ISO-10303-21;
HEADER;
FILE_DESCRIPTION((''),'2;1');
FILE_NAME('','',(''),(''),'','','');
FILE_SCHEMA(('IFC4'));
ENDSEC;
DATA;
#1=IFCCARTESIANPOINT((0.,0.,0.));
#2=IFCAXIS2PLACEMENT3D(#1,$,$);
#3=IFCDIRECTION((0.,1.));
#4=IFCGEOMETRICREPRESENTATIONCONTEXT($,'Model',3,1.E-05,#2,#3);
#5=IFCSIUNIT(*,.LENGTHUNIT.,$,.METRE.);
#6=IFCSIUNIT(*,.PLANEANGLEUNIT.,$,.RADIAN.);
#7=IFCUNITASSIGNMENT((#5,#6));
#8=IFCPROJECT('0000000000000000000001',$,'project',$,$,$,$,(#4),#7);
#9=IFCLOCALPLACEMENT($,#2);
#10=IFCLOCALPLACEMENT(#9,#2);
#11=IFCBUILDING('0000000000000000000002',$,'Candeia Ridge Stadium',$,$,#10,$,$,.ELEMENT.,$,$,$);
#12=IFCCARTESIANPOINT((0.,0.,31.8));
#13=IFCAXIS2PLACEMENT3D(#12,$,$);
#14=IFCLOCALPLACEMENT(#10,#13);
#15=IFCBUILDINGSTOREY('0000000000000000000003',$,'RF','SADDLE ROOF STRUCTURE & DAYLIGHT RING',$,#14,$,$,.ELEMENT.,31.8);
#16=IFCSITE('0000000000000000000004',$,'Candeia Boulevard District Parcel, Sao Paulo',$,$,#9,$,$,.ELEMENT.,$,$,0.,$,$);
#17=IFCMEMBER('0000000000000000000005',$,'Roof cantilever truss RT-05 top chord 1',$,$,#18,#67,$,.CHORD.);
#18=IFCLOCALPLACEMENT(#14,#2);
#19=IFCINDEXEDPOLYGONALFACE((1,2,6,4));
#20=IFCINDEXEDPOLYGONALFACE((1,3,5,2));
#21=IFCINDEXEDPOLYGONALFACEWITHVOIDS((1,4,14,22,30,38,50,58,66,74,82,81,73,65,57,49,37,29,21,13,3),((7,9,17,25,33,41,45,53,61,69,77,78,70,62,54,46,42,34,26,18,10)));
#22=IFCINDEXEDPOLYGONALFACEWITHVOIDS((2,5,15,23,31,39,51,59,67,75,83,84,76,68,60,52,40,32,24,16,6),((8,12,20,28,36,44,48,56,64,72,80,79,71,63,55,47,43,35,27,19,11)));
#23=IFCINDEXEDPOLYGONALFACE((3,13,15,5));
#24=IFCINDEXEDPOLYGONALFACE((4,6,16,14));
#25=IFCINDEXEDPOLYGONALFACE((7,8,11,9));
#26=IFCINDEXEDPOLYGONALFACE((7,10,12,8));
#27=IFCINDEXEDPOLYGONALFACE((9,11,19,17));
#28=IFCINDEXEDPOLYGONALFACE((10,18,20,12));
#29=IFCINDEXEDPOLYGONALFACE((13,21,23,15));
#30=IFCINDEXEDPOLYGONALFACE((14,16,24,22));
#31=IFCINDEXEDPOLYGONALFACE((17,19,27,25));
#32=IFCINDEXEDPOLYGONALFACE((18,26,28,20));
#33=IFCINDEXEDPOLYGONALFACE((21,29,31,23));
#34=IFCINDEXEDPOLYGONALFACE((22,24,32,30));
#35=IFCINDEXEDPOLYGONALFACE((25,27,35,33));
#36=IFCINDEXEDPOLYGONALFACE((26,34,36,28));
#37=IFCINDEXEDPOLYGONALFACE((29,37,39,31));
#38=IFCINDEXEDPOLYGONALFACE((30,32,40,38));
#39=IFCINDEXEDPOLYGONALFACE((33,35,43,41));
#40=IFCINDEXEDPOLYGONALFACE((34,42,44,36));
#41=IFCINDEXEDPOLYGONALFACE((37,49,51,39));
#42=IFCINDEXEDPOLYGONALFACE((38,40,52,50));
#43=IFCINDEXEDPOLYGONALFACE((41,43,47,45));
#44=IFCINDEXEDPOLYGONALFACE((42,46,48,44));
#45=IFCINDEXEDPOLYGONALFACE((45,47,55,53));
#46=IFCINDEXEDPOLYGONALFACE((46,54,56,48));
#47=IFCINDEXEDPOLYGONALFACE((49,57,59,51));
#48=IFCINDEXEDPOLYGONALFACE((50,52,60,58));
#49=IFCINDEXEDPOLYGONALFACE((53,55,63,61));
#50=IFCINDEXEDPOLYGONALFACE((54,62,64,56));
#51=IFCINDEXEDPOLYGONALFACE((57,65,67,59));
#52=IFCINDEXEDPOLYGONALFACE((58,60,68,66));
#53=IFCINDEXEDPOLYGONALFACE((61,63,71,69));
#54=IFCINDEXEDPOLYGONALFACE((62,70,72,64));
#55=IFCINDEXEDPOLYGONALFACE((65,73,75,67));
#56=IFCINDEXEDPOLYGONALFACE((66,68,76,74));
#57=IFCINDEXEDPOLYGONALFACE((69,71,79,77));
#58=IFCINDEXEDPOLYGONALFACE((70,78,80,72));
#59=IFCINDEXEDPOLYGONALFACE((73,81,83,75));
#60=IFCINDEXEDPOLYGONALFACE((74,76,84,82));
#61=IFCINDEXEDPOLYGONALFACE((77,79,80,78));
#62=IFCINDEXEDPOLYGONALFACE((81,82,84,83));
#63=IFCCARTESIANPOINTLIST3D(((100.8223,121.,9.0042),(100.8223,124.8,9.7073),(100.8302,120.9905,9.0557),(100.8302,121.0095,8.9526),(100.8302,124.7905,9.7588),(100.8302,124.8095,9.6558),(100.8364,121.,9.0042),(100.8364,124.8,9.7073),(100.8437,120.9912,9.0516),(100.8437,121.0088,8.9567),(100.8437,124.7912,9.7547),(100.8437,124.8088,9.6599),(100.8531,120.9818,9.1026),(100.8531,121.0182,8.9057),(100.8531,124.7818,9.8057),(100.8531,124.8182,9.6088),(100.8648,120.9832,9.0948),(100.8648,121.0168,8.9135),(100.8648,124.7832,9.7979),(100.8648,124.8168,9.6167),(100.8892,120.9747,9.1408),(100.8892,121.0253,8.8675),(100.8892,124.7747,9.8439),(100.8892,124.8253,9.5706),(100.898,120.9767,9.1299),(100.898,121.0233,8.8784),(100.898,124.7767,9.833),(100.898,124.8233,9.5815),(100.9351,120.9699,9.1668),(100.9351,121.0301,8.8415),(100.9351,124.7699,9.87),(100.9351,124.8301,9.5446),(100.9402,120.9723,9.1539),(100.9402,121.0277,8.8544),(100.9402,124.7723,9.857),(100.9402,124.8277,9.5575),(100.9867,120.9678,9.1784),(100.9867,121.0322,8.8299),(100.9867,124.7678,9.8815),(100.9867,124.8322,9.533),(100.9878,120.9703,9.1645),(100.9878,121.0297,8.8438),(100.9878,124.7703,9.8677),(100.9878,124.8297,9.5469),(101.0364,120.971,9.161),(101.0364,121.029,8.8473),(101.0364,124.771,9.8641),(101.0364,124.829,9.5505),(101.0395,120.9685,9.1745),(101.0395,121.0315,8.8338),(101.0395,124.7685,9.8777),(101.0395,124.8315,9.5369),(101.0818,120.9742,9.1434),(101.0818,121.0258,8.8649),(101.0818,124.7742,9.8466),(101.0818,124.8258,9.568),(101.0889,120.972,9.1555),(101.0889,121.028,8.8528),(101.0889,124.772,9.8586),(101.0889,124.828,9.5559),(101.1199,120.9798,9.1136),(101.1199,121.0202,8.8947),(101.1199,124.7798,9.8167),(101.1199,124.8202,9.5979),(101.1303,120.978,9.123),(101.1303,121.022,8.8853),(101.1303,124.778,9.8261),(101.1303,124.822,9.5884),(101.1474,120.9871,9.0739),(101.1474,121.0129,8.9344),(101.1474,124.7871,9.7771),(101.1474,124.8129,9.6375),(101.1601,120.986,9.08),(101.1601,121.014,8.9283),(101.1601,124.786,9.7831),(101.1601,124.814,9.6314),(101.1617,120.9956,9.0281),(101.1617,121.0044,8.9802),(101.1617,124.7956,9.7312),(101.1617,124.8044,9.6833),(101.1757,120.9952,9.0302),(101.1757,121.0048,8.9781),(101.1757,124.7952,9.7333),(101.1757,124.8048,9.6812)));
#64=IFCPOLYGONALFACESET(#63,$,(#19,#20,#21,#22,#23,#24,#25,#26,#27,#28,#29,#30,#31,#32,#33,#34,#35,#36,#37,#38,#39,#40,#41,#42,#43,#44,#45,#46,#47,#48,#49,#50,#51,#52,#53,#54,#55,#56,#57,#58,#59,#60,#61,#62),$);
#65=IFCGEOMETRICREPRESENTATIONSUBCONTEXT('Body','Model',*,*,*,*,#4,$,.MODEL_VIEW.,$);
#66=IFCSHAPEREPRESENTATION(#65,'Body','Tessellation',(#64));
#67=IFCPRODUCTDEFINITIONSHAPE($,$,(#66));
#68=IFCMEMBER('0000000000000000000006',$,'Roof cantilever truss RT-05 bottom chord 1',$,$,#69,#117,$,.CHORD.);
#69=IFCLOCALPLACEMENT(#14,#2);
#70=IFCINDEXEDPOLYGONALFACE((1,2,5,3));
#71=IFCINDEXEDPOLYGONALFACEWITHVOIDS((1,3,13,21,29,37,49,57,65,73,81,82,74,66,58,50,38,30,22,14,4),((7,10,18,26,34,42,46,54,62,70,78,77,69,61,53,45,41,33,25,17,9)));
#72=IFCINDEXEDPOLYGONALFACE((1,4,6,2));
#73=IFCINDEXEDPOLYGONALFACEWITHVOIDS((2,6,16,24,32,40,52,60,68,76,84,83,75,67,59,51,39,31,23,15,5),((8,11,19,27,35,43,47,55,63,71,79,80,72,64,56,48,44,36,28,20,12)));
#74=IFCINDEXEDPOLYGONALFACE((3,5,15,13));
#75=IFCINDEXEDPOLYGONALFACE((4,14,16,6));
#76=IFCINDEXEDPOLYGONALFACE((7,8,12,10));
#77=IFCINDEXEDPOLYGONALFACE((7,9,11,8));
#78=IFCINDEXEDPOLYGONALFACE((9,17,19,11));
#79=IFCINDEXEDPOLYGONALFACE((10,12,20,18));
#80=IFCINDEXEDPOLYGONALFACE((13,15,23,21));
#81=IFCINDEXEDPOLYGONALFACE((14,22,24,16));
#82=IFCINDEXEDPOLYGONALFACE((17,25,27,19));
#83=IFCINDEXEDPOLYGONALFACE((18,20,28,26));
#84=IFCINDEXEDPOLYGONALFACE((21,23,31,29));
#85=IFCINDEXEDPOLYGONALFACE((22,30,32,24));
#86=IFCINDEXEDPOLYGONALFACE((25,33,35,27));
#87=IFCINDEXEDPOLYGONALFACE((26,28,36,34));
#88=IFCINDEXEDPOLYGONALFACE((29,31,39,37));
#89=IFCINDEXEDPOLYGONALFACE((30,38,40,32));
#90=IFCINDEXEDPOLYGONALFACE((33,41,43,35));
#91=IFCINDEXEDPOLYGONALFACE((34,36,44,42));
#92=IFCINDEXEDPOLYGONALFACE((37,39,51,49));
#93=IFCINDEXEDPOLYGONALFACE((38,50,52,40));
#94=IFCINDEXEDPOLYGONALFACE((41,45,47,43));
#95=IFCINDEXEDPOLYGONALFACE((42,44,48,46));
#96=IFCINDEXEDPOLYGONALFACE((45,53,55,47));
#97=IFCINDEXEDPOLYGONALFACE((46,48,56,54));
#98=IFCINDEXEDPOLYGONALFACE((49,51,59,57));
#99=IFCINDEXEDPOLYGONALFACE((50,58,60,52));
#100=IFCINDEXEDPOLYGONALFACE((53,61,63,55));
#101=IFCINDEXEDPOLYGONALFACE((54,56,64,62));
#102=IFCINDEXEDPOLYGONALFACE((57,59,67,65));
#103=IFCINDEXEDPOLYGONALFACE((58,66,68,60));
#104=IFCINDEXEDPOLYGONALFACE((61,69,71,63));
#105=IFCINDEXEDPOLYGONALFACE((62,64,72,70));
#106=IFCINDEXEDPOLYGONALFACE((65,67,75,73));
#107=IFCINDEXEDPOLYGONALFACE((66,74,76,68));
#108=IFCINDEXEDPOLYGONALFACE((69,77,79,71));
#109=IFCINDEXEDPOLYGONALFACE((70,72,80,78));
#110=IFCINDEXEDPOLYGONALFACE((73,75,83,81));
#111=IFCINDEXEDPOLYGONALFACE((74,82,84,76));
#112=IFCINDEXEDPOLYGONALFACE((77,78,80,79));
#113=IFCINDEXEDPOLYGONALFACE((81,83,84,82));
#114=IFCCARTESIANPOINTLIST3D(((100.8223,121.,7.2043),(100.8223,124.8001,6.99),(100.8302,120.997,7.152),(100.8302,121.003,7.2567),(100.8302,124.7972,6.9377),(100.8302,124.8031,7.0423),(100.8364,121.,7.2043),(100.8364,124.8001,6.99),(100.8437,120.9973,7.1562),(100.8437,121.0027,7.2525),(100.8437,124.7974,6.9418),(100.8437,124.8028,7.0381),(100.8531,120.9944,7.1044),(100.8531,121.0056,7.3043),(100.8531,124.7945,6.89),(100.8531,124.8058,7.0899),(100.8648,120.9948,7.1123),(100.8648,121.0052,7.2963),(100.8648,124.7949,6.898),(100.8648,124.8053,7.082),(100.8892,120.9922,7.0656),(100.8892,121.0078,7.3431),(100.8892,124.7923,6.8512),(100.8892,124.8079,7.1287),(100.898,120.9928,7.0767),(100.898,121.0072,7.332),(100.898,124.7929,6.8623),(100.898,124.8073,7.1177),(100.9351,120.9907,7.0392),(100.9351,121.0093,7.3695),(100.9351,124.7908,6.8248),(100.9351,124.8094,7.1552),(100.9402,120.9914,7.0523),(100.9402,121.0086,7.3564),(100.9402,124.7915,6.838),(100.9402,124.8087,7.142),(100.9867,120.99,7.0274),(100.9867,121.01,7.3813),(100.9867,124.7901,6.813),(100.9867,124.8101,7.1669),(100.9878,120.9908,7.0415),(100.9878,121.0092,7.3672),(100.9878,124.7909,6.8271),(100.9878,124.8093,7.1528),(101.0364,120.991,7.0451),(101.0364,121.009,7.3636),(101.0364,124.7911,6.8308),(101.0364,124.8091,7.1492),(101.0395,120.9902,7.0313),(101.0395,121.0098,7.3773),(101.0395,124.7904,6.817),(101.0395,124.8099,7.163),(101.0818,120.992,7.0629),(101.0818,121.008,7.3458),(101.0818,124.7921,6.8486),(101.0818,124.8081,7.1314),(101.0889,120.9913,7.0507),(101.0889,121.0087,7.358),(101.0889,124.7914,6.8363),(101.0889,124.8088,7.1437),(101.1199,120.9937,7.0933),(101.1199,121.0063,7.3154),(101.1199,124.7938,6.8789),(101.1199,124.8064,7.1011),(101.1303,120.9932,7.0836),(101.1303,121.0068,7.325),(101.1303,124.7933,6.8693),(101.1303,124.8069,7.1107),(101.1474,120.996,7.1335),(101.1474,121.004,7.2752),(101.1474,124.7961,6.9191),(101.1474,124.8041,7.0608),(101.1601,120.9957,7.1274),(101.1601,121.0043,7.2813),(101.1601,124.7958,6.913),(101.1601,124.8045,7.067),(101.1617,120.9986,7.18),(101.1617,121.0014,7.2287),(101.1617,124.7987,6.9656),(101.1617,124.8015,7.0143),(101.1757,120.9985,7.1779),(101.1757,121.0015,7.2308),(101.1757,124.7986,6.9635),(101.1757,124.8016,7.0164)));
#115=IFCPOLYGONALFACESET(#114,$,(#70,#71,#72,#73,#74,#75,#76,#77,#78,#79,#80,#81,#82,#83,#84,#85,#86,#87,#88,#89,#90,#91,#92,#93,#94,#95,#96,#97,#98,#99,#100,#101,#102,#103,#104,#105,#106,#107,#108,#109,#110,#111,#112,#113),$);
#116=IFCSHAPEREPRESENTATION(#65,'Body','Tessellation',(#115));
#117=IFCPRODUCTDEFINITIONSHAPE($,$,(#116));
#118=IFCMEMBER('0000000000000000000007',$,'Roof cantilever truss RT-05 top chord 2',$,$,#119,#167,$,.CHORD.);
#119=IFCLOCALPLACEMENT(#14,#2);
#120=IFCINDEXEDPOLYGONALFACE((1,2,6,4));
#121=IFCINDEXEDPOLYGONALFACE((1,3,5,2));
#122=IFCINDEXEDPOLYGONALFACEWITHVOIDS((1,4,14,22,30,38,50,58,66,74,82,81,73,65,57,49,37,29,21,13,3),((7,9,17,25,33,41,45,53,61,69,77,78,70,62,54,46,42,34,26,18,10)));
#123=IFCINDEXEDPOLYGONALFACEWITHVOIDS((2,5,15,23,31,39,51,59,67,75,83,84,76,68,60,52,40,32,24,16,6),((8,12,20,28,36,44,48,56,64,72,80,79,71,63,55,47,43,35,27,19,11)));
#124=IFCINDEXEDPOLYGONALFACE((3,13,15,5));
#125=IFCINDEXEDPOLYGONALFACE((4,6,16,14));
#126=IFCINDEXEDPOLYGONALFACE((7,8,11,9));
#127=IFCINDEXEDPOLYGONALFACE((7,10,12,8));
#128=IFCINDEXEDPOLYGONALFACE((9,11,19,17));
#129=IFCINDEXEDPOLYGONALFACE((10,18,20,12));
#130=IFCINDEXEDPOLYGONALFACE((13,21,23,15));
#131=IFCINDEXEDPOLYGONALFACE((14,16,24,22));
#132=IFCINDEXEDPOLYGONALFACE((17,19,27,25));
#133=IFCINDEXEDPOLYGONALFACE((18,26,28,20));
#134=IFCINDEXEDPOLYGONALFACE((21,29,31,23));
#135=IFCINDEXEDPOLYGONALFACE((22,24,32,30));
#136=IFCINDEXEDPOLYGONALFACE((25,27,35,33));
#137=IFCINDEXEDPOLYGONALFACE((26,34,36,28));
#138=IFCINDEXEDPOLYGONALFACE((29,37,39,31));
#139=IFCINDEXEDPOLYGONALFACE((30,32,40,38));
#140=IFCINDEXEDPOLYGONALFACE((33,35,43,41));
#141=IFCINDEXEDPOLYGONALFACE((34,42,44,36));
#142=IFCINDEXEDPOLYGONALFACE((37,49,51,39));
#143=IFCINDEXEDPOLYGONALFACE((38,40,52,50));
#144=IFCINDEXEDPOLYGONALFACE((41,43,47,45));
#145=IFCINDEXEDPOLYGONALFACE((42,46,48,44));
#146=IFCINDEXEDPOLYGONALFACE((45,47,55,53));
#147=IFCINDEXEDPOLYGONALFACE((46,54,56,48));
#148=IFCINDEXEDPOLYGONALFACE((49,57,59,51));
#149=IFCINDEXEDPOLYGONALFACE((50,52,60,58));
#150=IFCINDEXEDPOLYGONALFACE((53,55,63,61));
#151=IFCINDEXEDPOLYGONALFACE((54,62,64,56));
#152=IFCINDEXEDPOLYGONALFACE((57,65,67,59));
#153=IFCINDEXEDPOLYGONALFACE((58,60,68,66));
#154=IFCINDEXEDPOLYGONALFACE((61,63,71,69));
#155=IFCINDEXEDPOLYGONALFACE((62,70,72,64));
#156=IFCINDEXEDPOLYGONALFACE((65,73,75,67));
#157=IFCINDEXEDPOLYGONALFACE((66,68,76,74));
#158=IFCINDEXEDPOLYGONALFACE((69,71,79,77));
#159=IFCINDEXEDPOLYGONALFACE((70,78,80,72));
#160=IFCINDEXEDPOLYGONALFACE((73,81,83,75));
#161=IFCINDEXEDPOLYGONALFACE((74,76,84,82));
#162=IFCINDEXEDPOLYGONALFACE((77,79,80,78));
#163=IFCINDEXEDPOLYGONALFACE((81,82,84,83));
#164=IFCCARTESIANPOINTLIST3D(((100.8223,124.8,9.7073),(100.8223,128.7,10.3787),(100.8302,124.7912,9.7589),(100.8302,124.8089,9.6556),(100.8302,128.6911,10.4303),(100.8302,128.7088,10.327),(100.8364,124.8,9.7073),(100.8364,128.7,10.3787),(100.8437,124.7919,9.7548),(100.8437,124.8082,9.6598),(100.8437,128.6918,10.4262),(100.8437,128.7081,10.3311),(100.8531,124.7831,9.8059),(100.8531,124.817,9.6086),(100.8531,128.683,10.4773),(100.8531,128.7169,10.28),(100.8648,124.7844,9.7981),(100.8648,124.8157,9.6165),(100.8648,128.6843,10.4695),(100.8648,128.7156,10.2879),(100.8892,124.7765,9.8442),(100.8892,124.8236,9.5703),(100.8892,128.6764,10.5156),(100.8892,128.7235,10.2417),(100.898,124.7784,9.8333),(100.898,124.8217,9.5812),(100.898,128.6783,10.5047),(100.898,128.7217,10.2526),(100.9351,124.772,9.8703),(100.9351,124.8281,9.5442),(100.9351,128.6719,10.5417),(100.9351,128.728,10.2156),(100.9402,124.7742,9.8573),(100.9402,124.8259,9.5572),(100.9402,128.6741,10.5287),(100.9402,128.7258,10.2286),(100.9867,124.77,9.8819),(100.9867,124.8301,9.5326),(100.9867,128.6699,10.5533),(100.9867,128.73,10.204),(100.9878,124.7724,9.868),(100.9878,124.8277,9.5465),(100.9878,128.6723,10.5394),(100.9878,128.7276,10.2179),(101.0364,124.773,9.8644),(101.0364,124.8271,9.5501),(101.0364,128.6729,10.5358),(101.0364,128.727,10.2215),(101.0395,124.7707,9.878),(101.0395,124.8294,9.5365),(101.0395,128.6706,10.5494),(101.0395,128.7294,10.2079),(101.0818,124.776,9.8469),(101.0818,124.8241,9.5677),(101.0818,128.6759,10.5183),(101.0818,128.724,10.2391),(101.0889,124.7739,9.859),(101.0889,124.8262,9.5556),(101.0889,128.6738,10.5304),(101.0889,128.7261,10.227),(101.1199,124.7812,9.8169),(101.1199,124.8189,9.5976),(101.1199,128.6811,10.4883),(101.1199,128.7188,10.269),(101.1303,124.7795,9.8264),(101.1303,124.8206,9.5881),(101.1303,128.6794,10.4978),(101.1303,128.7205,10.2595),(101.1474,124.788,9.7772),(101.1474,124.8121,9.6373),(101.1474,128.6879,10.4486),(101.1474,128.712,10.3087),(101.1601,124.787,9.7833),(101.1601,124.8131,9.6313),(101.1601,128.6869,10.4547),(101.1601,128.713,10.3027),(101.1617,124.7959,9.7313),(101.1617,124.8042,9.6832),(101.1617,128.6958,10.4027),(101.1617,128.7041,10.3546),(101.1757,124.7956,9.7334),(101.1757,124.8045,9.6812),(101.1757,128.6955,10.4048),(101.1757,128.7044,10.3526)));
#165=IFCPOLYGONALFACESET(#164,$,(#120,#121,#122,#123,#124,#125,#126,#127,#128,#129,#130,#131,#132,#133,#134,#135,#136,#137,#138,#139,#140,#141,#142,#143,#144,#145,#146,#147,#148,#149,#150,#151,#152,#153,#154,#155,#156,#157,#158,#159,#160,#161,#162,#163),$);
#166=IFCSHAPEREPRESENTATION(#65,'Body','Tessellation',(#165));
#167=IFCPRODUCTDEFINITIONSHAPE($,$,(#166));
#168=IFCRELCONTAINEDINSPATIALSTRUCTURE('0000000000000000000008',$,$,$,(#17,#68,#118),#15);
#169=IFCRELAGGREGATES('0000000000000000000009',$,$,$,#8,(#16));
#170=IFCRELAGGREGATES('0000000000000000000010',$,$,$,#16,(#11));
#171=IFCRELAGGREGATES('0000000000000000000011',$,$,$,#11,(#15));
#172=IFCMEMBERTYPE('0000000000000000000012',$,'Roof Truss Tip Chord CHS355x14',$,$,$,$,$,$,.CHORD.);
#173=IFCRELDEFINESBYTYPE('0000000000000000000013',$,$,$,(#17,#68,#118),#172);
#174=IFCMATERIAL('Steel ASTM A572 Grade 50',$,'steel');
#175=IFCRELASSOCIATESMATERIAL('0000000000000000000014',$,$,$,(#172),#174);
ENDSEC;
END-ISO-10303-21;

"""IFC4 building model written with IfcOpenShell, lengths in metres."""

from ifc_helpers import new_model, si_unit, direction, frame, origin, origin_2d, place, context, subcontext, project, spatial, hollow_circle, extrude, material, material_profile, profile_set, type_object, element, save


model = new_model("IFC4")

# Units and contexts
model_context = context("Model", 3, precision=1e-05, world=origin(), true_north=direction((0.0, 1.0)))
body_context = subcontext(model_context, "Body", "Model", "MODEL_VIEW")
ifc_project = project(units=[si_unit("LENGTHUNIT", "METRE"), si_unit("PLANEANGLEUNIT", "RADIAN")], contexts=[model_context])

# Site, building, storey
site_placement = place(None, origin())
site = spatial("IfcSite", under=ifc_project, at=site_placement, Name="Candeia Boulevard District Parcel, Sao Paulo", CompositionType="ELEMENT", RefElevation=0.0)
building_placement = place(site_placement, origin())
building = spatial("IfcBuilding", under=site, at=building_placement, Name="Candeia Ridge Stadium", CompositionType="ELEMENT")
storey_placement = place(building_placement, frame((0.0, 0.0, 31.8)))
storey = spatial("IfcBuildingStorey", under=building, at=storey_placement, Name="RF", Description="SADDLE ROOF STRUCTURE & DAYLIGHT RING", CompositionType="ELEMENT", Elevation=31.8)

# Shared definitions
ifc_material_1 = material(Name="Steel ASTM A572 Grade 50", Category="steel")

# Members
ifc_material_profile_1 = material_profile(ifc_material_1, hollow_circle(Radius=0.1777, WallThickness=0.0142, at=origin_2d()), Name="CHS355x14", Category="steel")
ifc_profile_set_1 = profile_set([ifc_material_profile_1], Name="Steel ASTM A572 Grade 50")
member_type_1 = type_object("IfcMemberType", Name="Roof Truss Tip Chord CHS355x14", PredefinedType="CHORD", material=ifc_profile_set_1)
member_1_placement = place(storey_placement, frame((101.0, 121.0, 9.0042), z_axis=(0.0, 0.983309, 0.181942), x_axis=(-1.0, 0.0, 0.0)))
element("IfcMember", 1, at=member_1_placement, inside=storey, type_object=member_type_1, Name="Roof cantilever truss RT-05 top chord 1", PredefinedType="CHORD", context=body_context, shape_type="SweptSolid", body=[
    extrude(hollow_circle(Radius=0.1777, WallThickness=0.0142, at=origin_2d()), origin(), (0.0, 0.0, 1.0), 3.8645),
])
member_2_placement = place(storey_placement, frame((101.0, 121.0, 7.2043), z_axis=(0.0, 0.998413, -0.056319), x_axis=(-1.0, 0.0, 0.0)))
element("IfcMember", 2, at=member_2_placement, inside=storey, type_object=member_type_1, Name="Roof cantilever truss RT-05 bottom chord 1", PredefinedType="CHORD", context=body_context, shape_type="SweptSolid", body=[
    extrude(hollow_circle(Radius=0.1777, WallThickness=0.0142, at=origin_2d()), origin(), (0.0, 0.0, 1.0), 3.8062),
])
member_3_placement = place(storey_placement, frame((101.0, 124.8, 9.7073), z_axis=(0.0, 0.985503, 0.169659), x_axis=(-1.0, 0.0, 0.0)))
element("IfcMember", 3, at=member_3_placement, inside=storey, type_object=member_type_1, Name="Roof cantilever truss RT-05 top chord 2", PredefinedType="CHORD", context=body_context, shape_type="SweptSolid", body=[
    extrude(hollow_circle(Radius=0.1777, WallThickness=0.0142, at=origin_2d()), origin(), (0.0, 0.0, 1.0), 3.9573),
])

save(model, "model.ifc")
